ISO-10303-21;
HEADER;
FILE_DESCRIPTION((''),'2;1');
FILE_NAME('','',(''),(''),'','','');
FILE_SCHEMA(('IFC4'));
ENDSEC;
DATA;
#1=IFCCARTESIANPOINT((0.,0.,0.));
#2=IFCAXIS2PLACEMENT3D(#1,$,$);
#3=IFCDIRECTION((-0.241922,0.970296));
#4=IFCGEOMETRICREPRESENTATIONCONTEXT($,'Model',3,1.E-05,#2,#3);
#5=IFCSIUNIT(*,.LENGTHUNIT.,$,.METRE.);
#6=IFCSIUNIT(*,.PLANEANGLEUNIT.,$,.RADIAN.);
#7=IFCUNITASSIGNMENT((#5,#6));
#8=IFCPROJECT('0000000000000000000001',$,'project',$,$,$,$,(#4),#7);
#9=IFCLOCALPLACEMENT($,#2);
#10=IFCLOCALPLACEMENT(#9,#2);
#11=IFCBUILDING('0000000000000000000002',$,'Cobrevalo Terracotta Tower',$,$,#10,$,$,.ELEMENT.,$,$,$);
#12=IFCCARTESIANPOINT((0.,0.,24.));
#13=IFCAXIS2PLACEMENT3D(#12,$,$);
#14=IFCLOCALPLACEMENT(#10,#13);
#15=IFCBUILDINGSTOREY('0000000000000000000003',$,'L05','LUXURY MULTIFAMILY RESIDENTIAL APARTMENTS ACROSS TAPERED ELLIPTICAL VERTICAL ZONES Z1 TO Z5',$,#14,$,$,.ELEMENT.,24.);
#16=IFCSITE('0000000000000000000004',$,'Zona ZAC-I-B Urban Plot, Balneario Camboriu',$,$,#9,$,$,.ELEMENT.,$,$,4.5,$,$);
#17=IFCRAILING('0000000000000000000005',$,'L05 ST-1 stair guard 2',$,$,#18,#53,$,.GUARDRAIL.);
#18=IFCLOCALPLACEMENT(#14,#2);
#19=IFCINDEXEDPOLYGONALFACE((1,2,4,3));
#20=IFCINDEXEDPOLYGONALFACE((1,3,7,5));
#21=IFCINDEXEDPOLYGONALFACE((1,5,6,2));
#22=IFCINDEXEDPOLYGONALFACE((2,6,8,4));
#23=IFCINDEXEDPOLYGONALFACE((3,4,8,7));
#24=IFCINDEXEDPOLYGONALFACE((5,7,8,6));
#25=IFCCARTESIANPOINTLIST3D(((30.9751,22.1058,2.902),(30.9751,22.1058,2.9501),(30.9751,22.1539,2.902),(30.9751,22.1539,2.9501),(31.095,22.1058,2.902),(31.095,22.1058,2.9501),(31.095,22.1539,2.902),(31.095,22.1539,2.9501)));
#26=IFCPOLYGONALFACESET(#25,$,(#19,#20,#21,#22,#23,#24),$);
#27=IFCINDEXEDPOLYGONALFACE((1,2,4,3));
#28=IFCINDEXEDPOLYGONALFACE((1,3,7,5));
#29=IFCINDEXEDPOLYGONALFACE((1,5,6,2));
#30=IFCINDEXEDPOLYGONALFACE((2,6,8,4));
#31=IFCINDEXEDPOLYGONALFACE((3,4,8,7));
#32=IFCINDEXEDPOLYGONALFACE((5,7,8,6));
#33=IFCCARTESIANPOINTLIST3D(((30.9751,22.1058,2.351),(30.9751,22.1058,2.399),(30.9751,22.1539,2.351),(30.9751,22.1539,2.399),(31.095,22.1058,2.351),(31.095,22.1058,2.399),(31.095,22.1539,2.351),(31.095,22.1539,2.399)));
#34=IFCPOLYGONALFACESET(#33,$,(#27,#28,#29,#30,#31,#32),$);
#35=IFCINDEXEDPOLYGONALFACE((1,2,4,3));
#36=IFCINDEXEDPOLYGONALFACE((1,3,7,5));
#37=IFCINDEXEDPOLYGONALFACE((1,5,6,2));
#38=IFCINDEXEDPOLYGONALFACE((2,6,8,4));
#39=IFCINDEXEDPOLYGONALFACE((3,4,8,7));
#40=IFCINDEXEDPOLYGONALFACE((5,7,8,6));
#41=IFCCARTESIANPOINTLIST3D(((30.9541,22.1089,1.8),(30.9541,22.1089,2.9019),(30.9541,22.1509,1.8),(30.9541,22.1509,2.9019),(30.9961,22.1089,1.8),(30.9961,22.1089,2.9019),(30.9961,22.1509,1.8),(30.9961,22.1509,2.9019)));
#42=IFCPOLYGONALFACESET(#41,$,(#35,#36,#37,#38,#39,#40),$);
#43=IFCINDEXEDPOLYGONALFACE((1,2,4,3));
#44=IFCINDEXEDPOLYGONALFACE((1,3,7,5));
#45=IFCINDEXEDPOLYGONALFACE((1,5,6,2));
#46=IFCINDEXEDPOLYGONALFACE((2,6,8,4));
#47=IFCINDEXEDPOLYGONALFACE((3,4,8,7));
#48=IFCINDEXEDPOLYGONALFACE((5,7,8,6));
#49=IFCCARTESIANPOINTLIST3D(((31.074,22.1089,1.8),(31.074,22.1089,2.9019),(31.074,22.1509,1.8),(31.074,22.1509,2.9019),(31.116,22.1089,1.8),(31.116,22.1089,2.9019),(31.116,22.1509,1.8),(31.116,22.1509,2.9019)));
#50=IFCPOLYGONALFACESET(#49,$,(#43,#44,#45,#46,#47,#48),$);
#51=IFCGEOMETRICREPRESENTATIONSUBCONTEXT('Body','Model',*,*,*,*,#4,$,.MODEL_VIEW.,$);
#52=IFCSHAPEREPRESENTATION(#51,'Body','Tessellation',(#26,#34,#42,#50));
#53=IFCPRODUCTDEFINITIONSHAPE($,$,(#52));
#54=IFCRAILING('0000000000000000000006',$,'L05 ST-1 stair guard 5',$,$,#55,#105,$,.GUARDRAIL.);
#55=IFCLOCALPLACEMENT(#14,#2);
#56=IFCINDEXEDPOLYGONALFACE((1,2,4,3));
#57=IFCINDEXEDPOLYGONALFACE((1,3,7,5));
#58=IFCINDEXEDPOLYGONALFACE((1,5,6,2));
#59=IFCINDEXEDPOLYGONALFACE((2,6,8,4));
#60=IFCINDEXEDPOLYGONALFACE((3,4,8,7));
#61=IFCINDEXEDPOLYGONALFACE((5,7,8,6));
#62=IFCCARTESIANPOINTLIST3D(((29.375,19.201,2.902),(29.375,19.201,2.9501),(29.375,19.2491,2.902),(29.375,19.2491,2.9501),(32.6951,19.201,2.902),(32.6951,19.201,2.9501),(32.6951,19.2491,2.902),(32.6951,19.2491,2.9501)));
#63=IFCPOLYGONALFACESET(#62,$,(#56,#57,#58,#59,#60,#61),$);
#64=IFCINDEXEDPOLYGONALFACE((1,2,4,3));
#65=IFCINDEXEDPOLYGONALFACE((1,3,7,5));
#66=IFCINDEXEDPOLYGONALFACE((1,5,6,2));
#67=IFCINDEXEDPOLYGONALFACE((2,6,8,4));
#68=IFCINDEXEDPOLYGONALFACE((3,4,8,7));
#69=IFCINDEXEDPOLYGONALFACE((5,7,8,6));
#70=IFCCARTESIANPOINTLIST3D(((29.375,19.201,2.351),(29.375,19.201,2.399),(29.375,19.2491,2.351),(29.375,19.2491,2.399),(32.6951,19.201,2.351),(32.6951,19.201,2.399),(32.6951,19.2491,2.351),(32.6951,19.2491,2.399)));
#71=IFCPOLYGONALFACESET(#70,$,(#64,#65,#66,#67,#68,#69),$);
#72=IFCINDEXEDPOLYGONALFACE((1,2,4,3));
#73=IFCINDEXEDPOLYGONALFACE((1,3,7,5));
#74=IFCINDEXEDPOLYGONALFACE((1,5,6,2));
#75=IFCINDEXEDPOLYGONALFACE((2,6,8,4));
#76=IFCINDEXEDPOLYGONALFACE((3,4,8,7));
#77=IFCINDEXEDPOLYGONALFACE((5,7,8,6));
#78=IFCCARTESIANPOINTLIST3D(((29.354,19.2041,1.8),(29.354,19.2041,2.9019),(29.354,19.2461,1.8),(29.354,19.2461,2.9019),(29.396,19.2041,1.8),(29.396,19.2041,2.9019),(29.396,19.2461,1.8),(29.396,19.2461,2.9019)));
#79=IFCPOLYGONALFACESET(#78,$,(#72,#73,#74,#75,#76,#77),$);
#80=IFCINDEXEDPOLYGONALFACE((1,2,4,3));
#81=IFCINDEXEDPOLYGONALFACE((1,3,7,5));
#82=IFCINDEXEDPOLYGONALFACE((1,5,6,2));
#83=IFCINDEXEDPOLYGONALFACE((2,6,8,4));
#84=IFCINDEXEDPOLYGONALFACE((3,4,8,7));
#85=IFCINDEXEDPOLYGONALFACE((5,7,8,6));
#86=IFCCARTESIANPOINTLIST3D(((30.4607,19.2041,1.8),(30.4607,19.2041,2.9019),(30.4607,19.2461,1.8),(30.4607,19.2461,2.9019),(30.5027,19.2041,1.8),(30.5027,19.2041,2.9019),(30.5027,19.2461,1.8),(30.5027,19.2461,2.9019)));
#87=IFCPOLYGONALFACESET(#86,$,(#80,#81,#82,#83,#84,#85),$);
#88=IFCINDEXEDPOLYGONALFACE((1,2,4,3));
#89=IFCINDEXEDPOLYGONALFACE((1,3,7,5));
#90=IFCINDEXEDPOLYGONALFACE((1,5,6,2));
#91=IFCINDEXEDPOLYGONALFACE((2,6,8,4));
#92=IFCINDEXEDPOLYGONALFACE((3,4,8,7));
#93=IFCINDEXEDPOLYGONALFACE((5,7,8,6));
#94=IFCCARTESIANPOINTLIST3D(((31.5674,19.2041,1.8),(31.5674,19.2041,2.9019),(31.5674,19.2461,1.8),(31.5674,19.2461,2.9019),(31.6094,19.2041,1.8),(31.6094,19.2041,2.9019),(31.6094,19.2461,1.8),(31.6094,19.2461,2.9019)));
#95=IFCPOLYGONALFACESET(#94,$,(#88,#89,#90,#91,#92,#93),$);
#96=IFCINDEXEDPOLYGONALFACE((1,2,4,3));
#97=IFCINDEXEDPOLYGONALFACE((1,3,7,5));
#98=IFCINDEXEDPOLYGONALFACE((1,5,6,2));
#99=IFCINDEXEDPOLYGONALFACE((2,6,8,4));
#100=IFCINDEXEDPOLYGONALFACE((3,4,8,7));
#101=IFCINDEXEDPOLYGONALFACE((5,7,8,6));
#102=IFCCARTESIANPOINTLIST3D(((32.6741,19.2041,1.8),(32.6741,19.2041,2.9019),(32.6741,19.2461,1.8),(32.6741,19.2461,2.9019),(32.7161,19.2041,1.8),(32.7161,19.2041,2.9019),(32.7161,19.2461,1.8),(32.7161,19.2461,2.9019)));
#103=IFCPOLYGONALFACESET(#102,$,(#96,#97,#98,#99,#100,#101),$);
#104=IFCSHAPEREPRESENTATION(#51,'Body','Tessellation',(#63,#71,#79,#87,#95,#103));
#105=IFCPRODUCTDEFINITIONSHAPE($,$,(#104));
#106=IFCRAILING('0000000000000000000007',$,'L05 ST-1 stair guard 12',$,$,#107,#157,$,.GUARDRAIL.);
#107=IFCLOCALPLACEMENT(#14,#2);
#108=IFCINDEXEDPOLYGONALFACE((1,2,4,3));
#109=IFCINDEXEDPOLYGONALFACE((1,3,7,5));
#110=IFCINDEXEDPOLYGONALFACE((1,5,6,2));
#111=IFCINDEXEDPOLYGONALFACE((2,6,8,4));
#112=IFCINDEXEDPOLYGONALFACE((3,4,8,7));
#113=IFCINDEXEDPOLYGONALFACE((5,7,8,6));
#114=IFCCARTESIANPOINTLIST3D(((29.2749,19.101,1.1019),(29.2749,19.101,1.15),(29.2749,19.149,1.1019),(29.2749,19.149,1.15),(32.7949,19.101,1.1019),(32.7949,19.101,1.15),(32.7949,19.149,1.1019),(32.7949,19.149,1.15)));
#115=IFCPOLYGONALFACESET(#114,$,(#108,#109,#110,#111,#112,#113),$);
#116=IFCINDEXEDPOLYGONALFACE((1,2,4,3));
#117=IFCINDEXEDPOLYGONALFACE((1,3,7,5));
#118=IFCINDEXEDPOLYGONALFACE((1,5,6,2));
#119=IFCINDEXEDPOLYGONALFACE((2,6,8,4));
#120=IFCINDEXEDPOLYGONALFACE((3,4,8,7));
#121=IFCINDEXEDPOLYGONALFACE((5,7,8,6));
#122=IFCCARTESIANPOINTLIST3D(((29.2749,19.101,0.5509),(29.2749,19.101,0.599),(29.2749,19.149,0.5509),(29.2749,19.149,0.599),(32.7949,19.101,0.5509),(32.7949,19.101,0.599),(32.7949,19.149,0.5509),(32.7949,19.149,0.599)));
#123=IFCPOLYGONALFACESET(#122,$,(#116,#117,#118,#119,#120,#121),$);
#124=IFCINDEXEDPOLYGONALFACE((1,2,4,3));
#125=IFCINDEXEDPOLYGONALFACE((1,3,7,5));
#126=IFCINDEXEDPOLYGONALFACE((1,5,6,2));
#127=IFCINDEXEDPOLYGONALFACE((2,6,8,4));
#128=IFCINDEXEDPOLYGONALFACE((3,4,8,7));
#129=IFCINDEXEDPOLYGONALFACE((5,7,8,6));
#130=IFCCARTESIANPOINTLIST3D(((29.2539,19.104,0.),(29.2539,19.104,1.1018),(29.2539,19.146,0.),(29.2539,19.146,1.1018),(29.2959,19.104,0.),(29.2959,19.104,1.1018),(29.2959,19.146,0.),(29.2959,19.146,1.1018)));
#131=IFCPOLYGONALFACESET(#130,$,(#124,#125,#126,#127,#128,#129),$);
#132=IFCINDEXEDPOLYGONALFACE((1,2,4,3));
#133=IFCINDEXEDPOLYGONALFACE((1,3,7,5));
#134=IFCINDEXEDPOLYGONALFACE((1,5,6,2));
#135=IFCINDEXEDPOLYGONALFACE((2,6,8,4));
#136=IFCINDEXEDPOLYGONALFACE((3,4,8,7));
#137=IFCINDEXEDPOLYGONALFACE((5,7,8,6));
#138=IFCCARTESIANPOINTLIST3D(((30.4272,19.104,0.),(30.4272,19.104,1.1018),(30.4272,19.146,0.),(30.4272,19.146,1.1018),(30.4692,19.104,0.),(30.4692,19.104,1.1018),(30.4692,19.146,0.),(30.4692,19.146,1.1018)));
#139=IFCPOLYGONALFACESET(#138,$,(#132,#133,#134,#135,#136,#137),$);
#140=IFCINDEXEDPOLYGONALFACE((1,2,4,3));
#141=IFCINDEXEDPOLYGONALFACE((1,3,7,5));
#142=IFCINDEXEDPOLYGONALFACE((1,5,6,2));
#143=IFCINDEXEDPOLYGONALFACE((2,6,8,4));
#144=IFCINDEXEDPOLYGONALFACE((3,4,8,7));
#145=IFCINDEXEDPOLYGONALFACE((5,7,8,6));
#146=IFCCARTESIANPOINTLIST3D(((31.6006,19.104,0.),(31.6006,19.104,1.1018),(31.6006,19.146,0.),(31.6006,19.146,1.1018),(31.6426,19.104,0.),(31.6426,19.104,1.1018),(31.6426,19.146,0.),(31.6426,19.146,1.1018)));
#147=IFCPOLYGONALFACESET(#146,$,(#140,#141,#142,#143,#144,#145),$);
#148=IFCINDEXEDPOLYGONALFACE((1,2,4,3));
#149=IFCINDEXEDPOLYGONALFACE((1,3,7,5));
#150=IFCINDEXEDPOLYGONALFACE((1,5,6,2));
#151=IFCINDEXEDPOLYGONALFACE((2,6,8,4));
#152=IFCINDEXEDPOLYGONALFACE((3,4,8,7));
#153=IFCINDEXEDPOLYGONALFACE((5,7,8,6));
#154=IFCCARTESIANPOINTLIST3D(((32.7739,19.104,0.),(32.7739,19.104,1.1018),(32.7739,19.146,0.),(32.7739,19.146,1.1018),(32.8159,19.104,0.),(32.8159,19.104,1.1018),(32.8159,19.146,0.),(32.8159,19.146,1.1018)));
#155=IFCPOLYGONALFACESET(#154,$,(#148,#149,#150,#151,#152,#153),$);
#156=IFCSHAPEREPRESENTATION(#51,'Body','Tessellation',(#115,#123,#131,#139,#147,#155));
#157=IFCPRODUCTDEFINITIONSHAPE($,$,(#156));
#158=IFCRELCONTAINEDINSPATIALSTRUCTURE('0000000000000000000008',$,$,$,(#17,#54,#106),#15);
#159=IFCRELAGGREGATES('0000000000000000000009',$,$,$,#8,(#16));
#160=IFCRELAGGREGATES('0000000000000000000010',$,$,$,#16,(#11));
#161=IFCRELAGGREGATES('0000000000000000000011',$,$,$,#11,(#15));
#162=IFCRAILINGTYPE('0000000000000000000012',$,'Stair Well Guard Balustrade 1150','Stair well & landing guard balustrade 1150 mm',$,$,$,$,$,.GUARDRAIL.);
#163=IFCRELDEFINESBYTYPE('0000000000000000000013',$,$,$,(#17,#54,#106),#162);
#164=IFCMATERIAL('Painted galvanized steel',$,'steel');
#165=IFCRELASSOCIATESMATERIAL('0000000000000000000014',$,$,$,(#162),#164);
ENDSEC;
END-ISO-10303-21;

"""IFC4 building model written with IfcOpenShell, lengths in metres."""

from ifc_helpers import new_model, si_unit, direction, frame, origin, origin_2d, place, context, subcontext, project, spatial, rectangle, extrude, material, type_object, element, save


model = new_model("IFC4")

# Units and contexts
model_context = context("Model", 3, precision=1e-05, world=origin(), true_north=direction((-0.241922, 0.970296)))
body_context = subcontext(model_context, "Body", "Model", "MODEL_VIEW")
ifc_project = project(units=[si_unit("LENGTHUNIT", "METRE"), si_unit("PLANEANGLEUNIT", "RADIAN")], contexts=[model_context])

# Site, building, storey
site_placement = place(None, origin())
site = spatial("IfcSite", under=ifc_project, at=site_placement, Name="Zona ZAC-I-B Urban Plot, Balneario Camboriu", CompositionType="ELEMENT", RefElevation=4.5)
building_placement = place(site_placement, origin())
building = spatial("IfcBuilding", under=site, at=building_placement, Name="Cobrevalo Terracotta Tower", CompositionType="ELEMENT")
storey_placement = place(building_placement, frame((0.0, 0.0, 24.0)))
storey = spatial("IfcBuildingStorey", under=building, at=storey_placement, Name="L05", Description="LUXURY MULTIFAMILY RESIDENTIAL APARTMENTS ACROSS TAPERED ELLIPTICAL VERTICAL ZONES Z1 TO Z5", CompositionType="ELEMENT", Elevation=24.0)

# Railings
ifc_material_1 = material(Name="Painted galvanized steel", Category="steel")
railing_type = type_object("IfcRailingType", Name="Stair Well Guard Balustrade 1150", Description="Stair well & landing guard balustrade 1150 mm", PredefinedType="GUARDRAIL", material=ifc_material_1)
railing_1_placement = place(storey_placement, frame((30.9751, 22.1299, 1.8)))
element("IfcRailing", 1, at=railing_1_placement, inside=storey, type_object=railing_type, Name="L05 ST-1 stair guard 2", PredefinedType="GUARDRAIL", context=body_context, shape_type="SweptSolid", body=[
    extrude(rectangle(XDim=0.0481, YDim=0.0481, at=origin_2d()), frame((0.0, 0.0, 1.126), z_axis=(1.0, 0.0, 0.0), x_axis=(0.0, 1.0, 0.0)), (0.0, 0.0, 1.0), 0.1199),
    extrude(rectangle(XDim=0.0481, YDim=0.0481, at=origin_2d()), frame((0.0, 0.0, 0.575), z_axis=(1.0, 0.0, 0.0), x_axis=(0.0, 1.0, 0.0)), (0.0, 0.0, 1.0), 0.1199),
    extrude(rectangle(XDim=0.042, YDim=0.042, at=origin_2d()), origin(), (0.0, 0.0, 1.0), 1.1018),
    extrude(rectangle(XDim=0.042, YDim=0.042, at=origin_2d()), frame((0.1199, 0.0, 0.0)), (0.0, 0.0, 1.0), 1.1018),
])
railing_2_placement = place(storey_placement, frame((29.375, 19.2251, 1.8)))
element("IfcRailing", 2, at=railing_2_placement, inside=storey, type_object=railing_type, Name="L05 ST-1 stair guard 5", PredefinedType="GUARDRAIL", context=body_context, shape_type="SweptSolid", body=[
    extrude(rectangle(XDim=0.0481, YDim=0.0481, at=origin_2d()), frame((0.0, 0.0, 1.126), z_axis=(1.0, 0.0, 0.0), x_axis=(0.0, 1.0, 0.0)), (0.0, 0.0, 1.0), 3.3201),
    extrude(rectangle(XDim=0.0481, YDim=0.0481, at=origin_2d()), frame((0.0, 0.0, 0.575), z_axis=(1.0, 0.0, 0.0), x_axis=(0.0, 1.0, 0.0)), (0.0, 0.0, 1.0), 3.3201),
    extrude(rectangle(XDim=0.042, YDim=0.042, at=origin_2d()), origin(), (0.0, 0.0, 1.0), 1.1018),
    extrude(rectangle(XDim=0.042, YDim=0.042, at=origin_2d()), frame((1.1067, 0.0, 0.0)), (0.0, 0.0, 1.0), 1.1018),
    extrude(rectangle(XDim=0.042, YDim=0.042, at=origin_2d()), frame((2.2134, 0.0, 0.0)), (0.0, 0.0, 1.0), 1.1018),
    extrude(rectangle(XDim=0.042, YDim=0.042, at=origin_2d()), frame((3.3201, 0.0, 0.0)), (0.0, 0.0, 1.0), 1.1018),
])
railing_3_placement = place(storey_placement, frame((29.2749, 19.125, 0.0)))
element("IfcRailing", 3, at=railing_3_placement, inside=storey, type_object=railing_type, Name="L05 ST-1 stair guard 12", PredefinedType="GUARDRAIL", context=body_context, shape_type="SweptSolid", body=[
    extrude(rectangle(XDim=0.0481, YDim=0.0481, at=origin_2d()), frame((0.0, 0.0, 1.126), z_axis=(1.0, 0.0, 0.0), x_axis=(0.0, 1.0, 0.0)), (0.0, 0.0, 1.0), 3.52),
    extrude(rectangle(XDim=0.0481, YDim=0.0481, at=origin_2d()), frame((0.0, 0.0, 0.575), z_axis=(1.0, 0.0, 0.0), x_axis=(0.0, 1.0, 0.0)), (0.0, 0.0, 1.0), 3.52),
    extrude(rectangle(XDim=0.042, YDim=0.042, at=origin_2d()), origin(), (0.0, 0.0, 1.0), 1.1018),
    extrude(rectangle(XDim=0.042, YDim=0.042, at=origin_2d()), frame((1.1733, 0.0, 0.0)), (0.0, 0.0, 1.0), 1.1018),
    extrude(rectangle(XDim=0.042, YDim=0.042, at=origin_2d()), frame((2.3467, 0.0, 0.0)), (0.0, 0.0, 1.0), 1.1018),
    extrude(rectangle(XDim=0.042, YDim=0.042, at=origin_2d()), frame((3.52, 0.0, 0.0)), (0.0, 0.0, 1.0), 1.1018),
])

save(model, "model.ifc")
